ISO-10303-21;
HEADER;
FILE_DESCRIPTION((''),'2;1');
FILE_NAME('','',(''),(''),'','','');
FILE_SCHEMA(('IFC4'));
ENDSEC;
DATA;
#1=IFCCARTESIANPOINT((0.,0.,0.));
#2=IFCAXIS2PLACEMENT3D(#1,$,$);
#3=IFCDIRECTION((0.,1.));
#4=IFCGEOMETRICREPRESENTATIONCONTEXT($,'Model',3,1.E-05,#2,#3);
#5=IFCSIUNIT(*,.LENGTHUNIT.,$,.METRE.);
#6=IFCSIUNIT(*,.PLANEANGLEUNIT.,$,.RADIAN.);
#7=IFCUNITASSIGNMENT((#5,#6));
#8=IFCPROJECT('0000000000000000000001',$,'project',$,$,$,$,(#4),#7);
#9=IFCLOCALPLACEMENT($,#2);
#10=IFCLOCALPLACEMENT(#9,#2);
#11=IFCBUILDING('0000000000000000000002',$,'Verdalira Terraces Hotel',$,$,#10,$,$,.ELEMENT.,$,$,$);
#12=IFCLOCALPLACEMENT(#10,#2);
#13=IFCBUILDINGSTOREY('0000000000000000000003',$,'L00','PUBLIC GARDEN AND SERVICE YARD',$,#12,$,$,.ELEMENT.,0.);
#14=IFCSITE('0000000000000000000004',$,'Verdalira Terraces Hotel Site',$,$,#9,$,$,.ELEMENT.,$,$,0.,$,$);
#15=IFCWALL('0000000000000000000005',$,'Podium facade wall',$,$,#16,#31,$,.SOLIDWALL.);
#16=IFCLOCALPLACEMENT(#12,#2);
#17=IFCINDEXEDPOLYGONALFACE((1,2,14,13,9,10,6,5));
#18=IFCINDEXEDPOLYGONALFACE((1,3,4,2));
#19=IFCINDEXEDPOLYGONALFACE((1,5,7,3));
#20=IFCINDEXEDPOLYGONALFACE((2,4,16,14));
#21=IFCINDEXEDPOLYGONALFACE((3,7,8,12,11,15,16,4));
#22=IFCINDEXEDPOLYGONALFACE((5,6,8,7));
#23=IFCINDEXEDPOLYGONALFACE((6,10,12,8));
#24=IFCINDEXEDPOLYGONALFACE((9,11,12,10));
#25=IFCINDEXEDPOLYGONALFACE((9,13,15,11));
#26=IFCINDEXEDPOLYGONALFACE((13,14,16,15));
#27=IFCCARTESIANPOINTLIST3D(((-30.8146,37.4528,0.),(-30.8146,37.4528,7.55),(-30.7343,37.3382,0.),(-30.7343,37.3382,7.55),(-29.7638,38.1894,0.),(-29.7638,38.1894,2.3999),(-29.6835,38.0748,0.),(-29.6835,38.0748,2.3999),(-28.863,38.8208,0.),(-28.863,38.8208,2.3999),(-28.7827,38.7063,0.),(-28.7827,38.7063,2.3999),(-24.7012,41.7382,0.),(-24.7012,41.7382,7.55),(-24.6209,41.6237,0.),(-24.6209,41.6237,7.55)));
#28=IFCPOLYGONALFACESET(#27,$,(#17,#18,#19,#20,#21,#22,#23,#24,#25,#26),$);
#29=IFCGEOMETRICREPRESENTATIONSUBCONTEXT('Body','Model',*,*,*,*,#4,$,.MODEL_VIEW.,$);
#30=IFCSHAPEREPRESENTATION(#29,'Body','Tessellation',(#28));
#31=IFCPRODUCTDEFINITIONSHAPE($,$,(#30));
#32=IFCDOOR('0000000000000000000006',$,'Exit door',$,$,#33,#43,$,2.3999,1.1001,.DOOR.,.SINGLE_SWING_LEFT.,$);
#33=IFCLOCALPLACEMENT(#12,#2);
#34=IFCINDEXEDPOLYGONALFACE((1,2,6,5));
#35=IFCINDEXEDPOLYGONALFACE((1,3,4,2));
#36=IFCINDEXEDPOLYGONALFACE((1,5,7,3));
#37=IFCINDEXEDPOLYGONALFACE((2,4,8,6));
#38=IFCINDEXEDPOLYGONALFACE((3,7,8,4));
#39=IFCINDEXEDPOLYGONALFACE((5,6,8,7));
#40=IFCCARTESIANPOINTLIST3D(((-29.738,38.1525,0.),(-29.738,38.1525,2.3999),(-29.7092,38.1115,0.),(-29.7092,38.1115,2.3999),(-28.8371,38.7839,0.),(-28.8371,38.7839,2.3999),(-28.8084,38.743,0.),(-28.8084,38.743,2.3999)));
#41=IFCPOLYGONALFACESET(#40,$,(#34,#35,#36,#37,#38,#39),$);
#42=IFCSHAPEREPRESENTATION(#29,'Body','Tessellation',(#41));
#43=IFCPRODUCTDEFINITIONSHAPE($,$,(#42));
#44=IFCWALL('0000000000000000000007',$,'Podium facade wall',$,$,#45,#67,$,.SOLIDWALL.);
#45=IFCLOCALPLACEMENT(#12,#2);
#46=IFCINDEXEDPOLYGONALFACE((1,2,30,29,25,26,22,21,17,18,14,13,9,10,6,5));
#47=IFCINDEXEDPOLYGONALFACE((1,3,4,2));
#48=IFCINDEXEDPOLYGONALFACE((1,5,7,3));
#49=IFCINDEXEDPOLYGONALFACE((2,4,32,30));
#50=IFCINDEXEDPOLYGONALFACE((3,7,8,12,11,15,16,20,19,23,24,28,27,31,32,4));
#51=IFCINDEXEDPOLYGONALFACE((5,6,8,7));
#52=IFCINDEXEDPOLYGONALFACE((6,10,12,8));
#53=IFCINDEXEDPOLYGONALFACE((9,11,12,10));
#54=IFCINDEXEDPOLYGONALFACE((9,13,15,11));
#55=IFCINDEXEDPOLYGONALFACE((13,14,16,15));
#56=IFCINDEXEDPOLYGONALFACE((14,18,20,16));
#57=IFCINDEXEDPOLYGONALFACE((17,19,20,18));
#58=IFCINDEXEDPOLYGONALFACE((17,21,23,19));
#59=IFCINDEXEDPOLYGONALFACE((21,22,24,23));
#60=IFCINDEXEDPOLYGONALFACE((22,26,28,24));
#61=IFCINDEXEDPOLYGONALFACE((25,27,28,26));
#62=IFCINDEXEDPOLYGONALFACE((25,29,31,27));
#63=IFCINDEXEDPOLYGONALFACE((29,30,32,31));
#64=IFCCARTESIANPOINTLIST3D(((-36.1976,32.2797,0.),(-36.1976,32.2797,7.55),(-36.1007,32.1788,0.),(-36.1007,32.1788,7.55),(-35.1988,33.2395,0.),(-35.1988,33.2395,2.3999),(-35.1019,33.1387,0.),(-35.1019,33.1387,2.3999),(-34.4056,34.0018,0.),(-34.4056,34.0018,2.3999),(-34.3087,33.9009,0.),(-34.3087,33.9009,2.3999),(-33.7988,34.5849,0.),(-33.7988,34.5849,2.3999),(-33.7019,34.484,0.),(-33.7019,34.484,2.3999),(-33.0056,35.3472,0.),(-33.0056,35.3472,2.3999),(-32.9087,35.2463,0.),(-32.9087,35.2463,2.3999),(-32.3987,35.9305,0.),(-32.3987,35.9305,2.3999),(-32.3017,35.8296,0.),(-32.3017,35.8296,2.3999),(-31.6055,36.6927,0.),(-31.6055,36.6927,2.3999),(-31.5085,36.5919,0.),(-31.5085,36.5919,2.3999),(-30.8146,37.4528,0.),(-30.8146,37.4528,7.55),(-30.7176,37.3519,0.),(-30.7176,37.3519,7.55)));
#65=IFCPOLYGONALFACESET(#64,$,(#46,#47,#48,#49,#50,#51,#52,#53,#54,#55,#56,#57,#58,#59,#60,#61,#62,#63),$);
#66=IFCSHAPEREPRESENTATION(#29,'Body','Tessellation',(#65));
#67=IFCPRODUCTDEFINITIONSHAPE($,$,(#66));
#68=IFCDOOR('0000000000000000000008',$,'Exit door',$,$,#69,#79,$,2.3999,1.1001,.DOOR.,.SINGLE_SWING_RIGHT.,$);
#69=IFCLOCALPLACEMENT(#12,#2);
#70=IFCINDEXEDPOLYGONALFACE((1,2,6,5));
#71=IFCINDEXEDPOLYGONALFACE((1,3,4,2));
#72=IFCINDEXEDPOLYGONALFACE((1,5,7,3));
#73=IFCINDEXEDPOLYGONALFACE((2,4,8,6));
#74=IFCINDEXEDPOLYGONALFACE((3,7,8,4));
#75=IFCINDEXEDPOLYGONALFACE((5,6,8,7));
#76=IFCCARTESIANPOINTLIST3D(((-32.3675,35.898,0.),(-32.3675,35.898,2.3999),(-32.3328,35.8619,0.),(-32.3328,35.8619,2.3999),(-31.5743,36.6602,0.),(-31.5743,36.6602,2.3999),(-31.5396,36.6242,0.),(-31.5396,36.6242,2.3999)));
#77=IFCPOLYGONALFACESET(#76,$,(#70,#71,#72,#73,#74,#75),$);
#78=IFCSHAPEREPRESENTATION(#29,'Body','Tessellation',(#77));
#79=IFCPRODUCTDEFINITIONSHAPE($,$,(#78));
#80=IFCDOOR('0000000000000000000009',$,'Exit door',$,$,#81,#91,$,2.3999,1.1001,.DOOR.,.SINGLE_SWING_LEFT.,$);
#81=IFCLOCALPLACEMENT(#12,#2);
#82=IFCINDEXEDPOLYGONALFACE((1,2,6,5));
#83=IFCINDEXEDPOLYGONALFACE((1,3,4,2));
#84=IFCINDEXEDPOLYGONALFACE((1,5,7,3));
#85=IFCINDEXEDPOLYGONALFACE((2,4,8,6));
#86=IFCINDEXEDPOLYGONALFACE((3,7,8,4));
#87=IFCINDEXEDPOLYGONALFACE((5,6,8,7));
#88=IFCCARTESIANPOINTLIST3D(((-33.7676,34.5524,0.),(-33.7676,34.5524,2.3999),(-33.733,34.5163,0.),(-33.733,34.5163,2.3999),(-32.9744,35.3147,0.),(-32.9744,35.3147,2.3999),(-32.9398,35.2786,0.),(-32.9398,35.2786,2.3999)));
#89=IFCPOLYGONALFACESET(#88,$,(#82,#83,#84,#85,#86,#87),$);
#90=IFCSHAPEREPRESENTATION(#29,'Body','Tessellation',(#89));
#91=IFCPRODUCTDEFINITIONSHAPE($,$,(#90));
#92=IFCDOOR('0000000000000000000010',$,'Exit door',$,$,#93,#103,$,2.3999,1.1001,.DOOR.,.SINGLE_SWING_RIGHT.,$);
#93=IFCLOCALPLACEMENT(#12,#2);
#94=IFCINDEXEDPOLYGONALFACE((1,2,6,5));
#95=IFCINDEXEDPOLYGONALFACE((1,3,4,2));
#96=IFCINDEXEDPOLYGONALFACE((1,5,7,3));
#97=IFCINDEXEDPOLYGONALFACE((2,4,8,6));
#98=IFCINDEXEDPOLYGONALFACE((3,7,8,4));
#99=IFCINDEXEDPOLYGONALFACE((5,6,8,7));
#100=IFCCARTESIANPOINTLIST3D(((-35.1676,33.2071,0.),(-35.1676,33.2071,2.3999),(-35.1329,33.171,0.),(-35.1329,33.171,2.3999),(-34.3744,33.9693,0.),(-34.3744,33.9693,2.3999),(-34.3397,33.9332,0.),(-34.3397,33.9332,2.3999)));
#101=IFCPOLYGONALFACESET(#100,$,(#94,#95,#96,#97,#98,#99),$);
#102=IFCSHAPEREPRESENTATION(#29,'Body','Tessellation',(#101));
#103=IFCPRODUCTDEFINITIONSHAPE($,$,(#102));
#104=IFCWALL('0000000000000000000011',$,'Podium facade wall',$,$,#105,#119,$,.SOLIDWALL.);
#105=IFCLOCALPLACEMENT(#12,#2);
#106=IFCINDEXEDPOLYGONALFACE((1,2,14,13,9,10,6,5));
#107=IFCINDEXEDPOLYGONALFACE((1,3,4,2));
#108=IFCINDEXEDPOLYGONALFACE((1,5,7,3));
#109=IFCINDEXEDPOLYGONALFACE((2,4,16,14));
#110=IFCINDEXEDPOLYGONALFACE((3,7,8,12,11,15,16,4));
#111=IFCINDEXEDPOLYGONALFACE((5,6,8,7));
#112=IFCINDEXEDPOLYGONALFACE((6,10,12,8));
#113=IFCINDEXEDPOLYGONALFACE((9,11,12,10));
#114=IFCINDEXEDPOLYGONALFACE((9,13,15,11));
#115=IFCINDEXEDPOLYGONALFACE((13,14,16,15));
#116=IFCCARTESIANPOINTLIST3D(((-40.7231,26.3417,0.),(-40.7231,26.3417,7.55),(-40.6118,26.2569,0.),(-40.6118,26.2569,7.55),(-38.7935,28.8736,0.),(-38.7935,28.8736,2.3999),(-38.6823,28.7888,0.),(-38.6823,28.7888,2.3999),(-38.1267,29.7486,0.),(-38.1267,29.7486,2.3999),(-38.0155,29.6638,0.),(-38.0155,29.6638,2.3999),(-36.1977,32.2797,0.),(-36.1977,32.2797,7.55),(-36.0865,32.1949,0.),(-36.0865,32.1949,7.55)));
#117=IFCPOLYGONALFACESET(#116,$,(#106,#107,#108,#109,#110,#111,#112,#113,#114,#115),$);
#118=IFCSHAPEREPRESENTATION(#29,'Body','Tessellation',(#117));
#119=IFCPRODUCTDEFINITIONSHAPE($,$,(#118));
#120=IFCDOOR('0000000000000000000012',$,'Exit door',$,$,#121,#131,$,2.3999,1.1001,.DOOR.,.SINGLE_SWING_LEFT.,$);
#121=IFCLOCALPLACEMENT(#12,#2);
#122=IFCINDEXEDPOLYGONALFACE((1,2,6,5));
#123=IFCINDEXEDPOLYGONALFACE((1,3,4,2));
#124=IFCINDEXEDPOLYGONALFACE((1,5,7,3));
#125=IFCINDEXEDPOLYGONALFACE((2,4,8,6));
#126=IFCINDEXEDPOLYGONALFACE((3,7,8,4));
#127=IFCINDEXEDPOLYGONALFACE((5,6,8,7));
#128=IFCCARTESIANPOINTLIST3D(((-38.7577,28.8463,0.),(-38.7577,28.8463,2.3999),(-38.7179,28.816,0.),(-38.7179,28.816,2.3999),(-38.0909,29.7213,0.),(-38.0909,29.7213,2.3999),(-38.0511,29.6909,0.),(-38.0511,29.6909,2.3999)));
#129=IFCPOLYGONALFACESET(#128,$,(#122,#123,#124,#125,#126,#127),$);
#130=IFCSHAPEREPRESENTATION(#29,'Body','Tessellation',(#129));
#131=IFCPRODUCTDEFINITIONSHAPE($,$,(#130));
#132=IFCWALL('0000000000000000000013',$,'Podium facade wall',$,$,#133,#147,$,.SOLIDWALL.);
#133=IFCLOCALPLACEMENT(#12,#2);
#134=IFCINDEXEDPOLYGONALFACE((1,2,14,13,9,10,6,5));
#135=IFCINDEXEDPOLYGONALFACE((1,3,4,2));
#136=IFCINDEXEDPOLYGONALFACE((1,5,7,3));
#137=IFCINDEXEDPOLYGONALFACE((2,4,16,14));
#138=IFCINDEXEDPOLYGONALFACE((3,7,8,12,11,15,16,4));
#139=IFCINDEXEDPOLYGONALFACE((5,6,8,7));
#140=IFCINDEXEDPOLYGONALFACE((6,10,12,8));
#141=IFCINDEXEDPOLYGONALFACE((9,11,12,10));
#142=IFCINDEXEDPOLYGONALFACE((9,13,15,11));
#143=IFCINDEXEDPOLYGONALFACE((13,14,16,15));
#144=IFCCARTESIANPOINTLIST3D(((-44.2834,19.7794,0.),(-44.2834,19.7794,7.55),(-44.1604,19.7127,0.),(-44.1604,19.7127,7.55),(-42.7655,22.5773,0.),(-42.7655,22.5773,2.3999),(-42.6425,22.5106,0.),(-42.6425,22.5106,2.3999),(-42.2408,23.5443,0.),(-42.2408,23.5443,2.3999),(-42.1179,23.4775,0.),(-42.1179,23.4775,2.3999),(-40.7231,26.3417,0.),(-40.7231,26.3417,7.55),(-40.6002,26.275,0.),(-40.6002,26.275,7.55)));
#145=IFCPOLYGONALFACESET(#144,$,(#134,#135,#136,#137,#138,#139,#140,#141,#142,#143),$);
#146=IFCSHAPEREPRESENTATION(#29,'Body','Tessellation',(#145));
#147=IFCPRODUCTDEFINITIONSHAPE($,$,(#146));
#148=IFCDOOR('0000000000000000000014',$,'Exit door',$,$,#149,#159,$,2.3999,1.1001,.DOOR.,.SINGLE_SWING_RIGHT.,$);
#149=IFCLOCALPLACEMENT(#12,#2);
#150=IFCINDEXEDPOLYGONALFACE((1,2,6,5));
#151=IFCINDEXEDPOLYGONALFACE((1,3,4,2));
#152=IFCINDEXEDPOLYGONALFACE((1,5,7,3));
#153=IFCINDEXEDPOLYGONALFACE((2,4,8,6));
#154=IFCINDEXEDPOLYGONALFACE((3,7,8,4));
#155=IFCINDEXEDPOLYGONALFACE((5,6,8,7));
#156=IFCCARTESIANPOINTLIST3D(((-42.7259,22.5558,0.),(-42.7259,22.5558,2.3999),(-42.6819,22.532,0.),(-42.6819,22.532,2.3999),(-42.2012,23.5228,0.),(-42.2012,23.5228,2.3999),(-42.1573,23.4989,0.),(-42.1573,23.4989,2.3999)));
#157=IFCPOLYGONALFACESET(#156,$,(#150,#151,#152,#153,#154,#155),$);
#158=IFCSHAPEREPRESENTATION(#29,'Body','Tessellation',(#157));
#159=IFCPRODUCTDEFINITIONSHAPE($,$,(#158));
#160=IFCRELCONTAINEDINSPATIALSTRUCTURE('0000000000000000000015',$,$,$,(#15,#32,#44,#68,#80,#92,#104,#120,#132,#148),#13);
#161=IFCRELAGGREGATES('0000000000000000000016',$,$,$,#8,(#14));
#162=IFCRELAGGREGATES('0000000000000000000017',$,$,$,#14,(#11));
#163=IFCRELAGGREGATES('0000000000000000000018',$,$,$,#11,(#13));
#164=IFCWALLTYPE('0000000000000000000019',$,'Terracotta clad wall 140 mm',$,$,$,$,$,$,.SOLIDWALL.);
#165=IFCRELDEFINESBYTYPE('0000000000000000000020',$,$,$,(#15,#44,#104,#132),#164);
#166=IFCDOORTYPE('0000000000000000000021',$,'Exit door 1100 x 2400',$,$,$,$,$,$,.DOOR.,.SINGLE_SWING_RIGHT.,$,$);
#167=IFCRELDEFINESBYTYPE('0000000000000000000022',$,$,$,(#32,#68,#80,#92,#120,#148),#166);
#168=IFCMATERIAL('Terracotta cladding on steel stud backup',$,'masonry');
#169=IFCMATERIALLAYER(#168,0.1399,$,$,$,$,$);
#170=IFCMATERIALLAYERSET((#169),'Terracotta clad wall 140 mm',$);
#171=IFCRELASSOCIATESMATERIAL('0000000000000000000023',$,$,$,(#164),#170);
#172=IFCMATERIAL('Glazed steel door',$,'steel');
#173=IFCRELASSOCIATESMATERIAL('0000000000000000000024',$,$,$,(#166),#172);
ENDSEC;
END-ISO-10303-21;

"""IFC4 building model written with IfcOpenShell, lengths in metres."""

from ifc_helpers import new_model, si_unit, direction, frame, frame_2d, origin, place, context, subcontext, project, spatial, rectangle, extrude, material, layer, layer_set, type_object, element, fill, save


model = new_model("IFC4")

# Units and contexts
model_context = context("Model", 3, precision=1e-05, world=origin(), true_north=direction((0.0, 1.0)))
body_context = subcontext(model_context, "Body", "Model", "MODEL_VIEW")
ifc_project = project(units=[si_unit("LENGTHUNIT", "METRE"), si_unit("PLANEANGLEUNIT", "RADIAN")], contexts=[model_context])

# Site, building, storey
site_placement = place(None, origin())
site = spatial("IfcSite", under=ifc_project, at=site_placement, Name="Verdalira Terraces Hotel Site", CompositionType="ELEMENT", RefElevation=0.0)
building_placement = place(site_placement, origin())
building = spatial("IfcBuilding", under=site, at=building_placement, Name="Verdalira Terraces Hotel", CompositionType="ELEMENT")
storey_placement = place(building_placement, origin())
storey = spatial("IfcBuildingStorey", under=building, at=storey_placement, Name="L00", Description="PUBLIC GARDEN AND SERVICE YARD", CompositionType="ELEMENT", Elevation=0.0)

# Wall, opening, door
ifc_material_1 = material(Name="Terracotta cladding on steel stud backup", Category="masonry")
ifc_layer_1 = layer(ifc_material_1, 0.1399)
ifc_layer_set_1 = layer_set([ifc_layer_1], Name="Terracotta clad wall 140 mm")
wall_type_1 = type_object("IfcWallType", Name="Terracotta clad wall 140 mm", PredefinedType="SOLIDWALL", material=ifc_layer_set_1)
wall_1_placement = place(storey_placement, frame((-30.7744, 37.3955, 0.0), z_axis=(0.0, 0.0, 1.0), x_axis=(0.818848, 0.574011, 0.0)))
wall_1 = element("IfcWall", 1, at=wall_1_placement, inside=storey, type_object=wall_type_1, Name="Podium facade wall", PredefinedType="SOLIDWALL", context=body_context, shape_type="SweptSolid", body=[
    extrude(rectangle(XDim=7.4658, YDim=0.1399, at=frame_2d((3.7329, 0.0))), origin(), (0.0, 0.0, 1.0), 7.55),
])
opening_1_placement = place(wall_1_placement, frame((1.2832, 0.0, 0.0)))
opening_1 = element("IfcOpeningElement", 2, at=opening_1_placement, cuts=wall_1, PredefinedType="OPENING", context=body_context, shape_type="SweptSolid", body=[
    extrude(rectangle(XDim=1.1001, YDim=2.3999, at=frame_2d((0.55, 1.2))), frame((0.0, 0.0798, 0.0), z_axis=(0.0, -1.0, 0.0), x_axis=(1.0, 0.0, 0.0)), (0.0, 0.0, 1.0), 0.1599),
])
ifc_material_2 = material(Name="Glazed steel door", Category="steel")
door_type_1 = type_object("IfcDoorType", Name="Exit door 1100 x 2400", OperationType="SINGLE_SWING_RIGHT", PredefinedType="DOOR", material=ifc_material_2)
door_1_placement = place(opening_1_placement, origin())
door_1 = element("IfcDoor", 3, at=door_1_placement, inside=storey, type_object=door_type_1, Name="Exit door", OperationType="SINGLE_SWING_LEFT", OverallHeight=2.3999, OverallWidth=1.1001, PredefinedType="DOOR", context=body_context, shape_type="SweptSolid", body=[
    extrude(rectangle(XDim=1.1001, YDim=2.3999, at=frame_2d((0.55, 1.2))), frame((0.0, 0.0249, 0.0), z_axis=(0.0, -1.0, 0.0), x_axis=(1.0, 0.0, 0.0)), (0.0, 0.0, 1.0), 0.05),
])
fill(opening_1, door_1)

# Wall, openings, doors
wall_2_placement = place(storey_placement, frame((-36.1492, 32.2292, 0.0), z_axis=(0.0, 0.0, 1.0), x_axis=(0.721028, 0.692905, 0.0)))
wall_2 = element("IfcWall", 4, at=wall_2_placement, inside=storey, type_object=wall_type_1, Name="Podium facade wall", PredefinedType="SOLIDWALL", context=body_context, shape_type="SweptSolid", body=[
    extrude(rectangle(XDim=7.4658, YDim=0.1399, at=frame_2d((3.7329, 0.0))), origin(), (0.0, 0.0, 1.0), 7.55),
])
opening_2_placement = place(wall_2_placement, frame((5.2688, 0.0, 0.0)))
opening_2 = element("IfcOpeningElement", 5, at=opening_2_placement, cuts=wall_2, PredefinedType="OPENING", context=body_context, shape_type="SweptSolid", body=[
    extrude(rectangle(XDim=1.1001, YDim=2.3999, at=frame_2d((0.55, 1.2))), frame((0.0, 0.0798, 0.0), z_axis=(0.0, -1.0, 0.0), x_axis=(1.0, 0.0, 0.0)), (0.0, 0.0, 1.0), 0.1599),
])
opening_3_placement = place(wall_2_placement, frame((3.3269, 0.0, 0.0)))
opening_3 = element("IfcOpeningElement", 6, at=opening_3_placement, cuts=wall_2, PredefinedType="OPENING", context=body_context, shape_type="SweptSolid", body=[
    extrude(rectangle(XDim=1.1001, YDim=2.3999, at=frame_2d((0.55, 1.2))), frame((0.0, 0.0798, 0.0), z_axis=(0.0, -1.0, 0.0), x_axis=(1.0, 0.0, 0.0)), (0.0, 0.0, 1.0), 0.1599),
])
opening_4_placement = place(wall_2_placement, frame((1.3853, 0.0, 0.0)))
opening_4 = element("IfcOpeningElement", 7, at=opening_4_placement, cuts=wall_2, PredefinedType="OPENING", context=body_context, shape_type="SweptSolid", body=[
    extrude(rectangle(XDim=1.1001, YDim=2.3999, at=frame_2d((0.55, 1.2))), frame((0.0, 0.0798, 0.0), z_axis=(0.0, -1.0, 0.0), x_axis=(1.0, 0.0, 0.0)), (0.0, 0.0, 1.0), 0.1599),
])
door_2_placement = place(opening_2_placement, origin())
door_2 = element("IfcDoor", 8, at=door_2_placement, inside=storey, type_object=door_type_1, Name="Exit door", OperationType="SINGLE_SWING_RIGHT", OverallHeight=2.3999, OverallWidth=1.1001, PredefinedType="DOOR", context=body_context, shape_type="SweptSolid", body=[
    extrude(rectangle(XDim=1.1001, YDim=2.3999, at=frame_2d((0.55, 1.2))), frame((0.0, 0.0249, 0.0), z_axis=(0.0, -1.0, 0.0), x_axis=(1.0, 0.0, 0.0)), (0.0, 0.0, 1.0), 0.05),
])
fill(opening_2, door_2)
door_3_placement = place(opening_3_placement, origin())
door_3 = element("IfcDoor", 9, at=door_3_placement, inside=storey, type_object=door_type_1, Name="Exit door", OperationType="SINGLE_SWING_LEFT", OverallHeight=2.3999, OverallWidth=1.1001, PredefinedType="DOOR", context=body_context, shape_type="SweptSolid", body=[
    extrude(rectangle(XDim=1.1001, YDim=2.3999, at=frame_2d((0.55, 1.2))), frame((0.0, 0.0249, 0.0), z_axis=(0.0, -1.0, 0.0), x_axis=(1.0, 0.0, 0.0)), (0.0, 0.0, 1.0), 0.05),
])
fill(opening_3, door_3)
door_4_placement = place(opening_4_placement, origin())
door_4 = element("IfcDoor", 10, at=door_4_placement, inside=storey, type_object=door_type_1, Name="Exit door", OperationType="SINGLE_SWING_RIGHT", OverallHeight=2.3999, OverallWidth=1.1001, PredefinedType="DOOR", context=body_context, shape_type="SweptSolid", body=[
    extrude(rectangle(XDim=1.1001, YDim=2.3999, at=frame_2d((0.55, 1.2))), frame((0.0, 0.0249, 0.0), z_axis=(0.0, -1.0, 0.0), x_axis=(1.0, 0.0, 0.0)), (0.0, 0.0, 1.0), 0.05),
])
fill(opening_4, door_4)

# Walls, openings, doors
wall_3_placement = place(storey_placement, frame((-40.6675, 26.2993, 0.0), z_axis=(0.0, 0.0, 1.0), x_axis=(0.606146, 0.795354, 0.0)))
wall_3 = element("IfcWall", 11, at=wall_3_placement, inside=storey, type_object=wall_type_1, Name="Podium facade wall", PredefinedType="SOLIDWALL", context=body_context, shape_type="SweptSolid", body=[
    extrude(rectangle(XDim=7.4658, YDim=0.1399, at=frame_2d((3.7329, 0.0))), origin(), (0.0, 0.0, 1.0), 7.55),
])
opening_5_placement = place(wall_3_placement, frame((3.1833, 0.0, 0.0)))
opening_5 = element("IfcOpeningElement", 12, at=opening_5_placement, cuts=wall_3, PredefinedType="OPENING", context=body_context, shape_type="SweptSolid", body=[
    extrude(rectangle(XDim=1.1001, YDim=2.3999, at=frame_2d((0.55, 1.2))), frame((0.0, 0.0798, 0.0), z_axis=(0.0, -1.0, 0.0), x_axis=(1.0, 0.0, 0.0)), (0.0, 0.0, 1.0), 0.1599),
])
door_5_placement = place(opening_5_placement, origin())
door_5 = element("IfcDoor", 13, at=door_5_placement, inside=storey, type_object=door_type_1, Name="Exit door", OperationType="SINGLE_SWING_LEFT", OverallHeight=2.3999, OverallWidth=1.1001, PredefinedType="DOOR", context=body_context, shape_type="SweptSolid", body=[
    extrude(rectangle(XDim=1.1001, YDim=2.3999, at=frame_2d((0.55, 1.2))), frame((0.0, 0.0249, 0.0), z_axis=(0.0, -1.0, 0.0), x_axis=(1.0, 0.0, 0.0)), (0.0, 0.0, 1.0), 0.05),
])
fill(opening_5, door_5)
wall_4_placement = place(storey_placement, frame((-44.2219, 19.7461, 0.0), z_axis=(0.0, 0.0, 1.0), x_axis=(0.476878, 0.878969, 0.0)))
wall_4 = element("IfcWall", 14, at=wall_4_placement, inside=storey, type_object=wall_type_1, Name="Podium facade wall", PredefinedType="SOLIDWALL", context=body_context, shape_type="SweptSolid", body=[
    extrude(rectangle(XDim=7.4658, YDim=0.1399, at=frame_2d((3.7329, 0.0))), origin(), (0.0, 0.0, 1.0), 7.55),
])
opening_6_placement = place(wall_4_placement, frame((3.1831, 0.0, 0.0)))
opening_6 = element("IfcOpeningElement", 15, at=opening_6_placement, cuts=wall_4, PredefinedType="OPENING", context=body_context, shape_type="SweptSolid", body=[
    extrude(rectangle(XDim=1.1001, YDim=2.3999, at=frame_2d((0.55, 1.2))), frame((0.0, 0.0798, 0.0), z_axis=(0.0, -1.0, 0.0), x_axis=(1.0, 0.0, 0.0)), (0.0, 0.0, 1.0), 0.1599),
])
door_6_placement = place(opening_6_placement, origin())
door_6 = element("IfcDoor", 16, at=door_6_placement, inside=storey, type_object=door_type_1, Name="Exit door", OperationType="SINGLE_SWING_RIGHT", OverallHeight=2.3999, OverallWidth=1.1001, PredefinedType="DOOR", context=body_context, shape_type="SweptSolid", body=[
    extrude(rectangle(XDim=1.1001, YDim=2.3999, at=frame_2d((0.55, 1.2))), frame((0.0, 0.0249, 0.0), z_axis=(0.0, -1.0, 0.0), x_axis=(1.0, 0.0, 0.0)), (0.0, 0.0, 1.0), 0.05),
])
fill(opening_6, door_6)

save(model, "model.ifc")
